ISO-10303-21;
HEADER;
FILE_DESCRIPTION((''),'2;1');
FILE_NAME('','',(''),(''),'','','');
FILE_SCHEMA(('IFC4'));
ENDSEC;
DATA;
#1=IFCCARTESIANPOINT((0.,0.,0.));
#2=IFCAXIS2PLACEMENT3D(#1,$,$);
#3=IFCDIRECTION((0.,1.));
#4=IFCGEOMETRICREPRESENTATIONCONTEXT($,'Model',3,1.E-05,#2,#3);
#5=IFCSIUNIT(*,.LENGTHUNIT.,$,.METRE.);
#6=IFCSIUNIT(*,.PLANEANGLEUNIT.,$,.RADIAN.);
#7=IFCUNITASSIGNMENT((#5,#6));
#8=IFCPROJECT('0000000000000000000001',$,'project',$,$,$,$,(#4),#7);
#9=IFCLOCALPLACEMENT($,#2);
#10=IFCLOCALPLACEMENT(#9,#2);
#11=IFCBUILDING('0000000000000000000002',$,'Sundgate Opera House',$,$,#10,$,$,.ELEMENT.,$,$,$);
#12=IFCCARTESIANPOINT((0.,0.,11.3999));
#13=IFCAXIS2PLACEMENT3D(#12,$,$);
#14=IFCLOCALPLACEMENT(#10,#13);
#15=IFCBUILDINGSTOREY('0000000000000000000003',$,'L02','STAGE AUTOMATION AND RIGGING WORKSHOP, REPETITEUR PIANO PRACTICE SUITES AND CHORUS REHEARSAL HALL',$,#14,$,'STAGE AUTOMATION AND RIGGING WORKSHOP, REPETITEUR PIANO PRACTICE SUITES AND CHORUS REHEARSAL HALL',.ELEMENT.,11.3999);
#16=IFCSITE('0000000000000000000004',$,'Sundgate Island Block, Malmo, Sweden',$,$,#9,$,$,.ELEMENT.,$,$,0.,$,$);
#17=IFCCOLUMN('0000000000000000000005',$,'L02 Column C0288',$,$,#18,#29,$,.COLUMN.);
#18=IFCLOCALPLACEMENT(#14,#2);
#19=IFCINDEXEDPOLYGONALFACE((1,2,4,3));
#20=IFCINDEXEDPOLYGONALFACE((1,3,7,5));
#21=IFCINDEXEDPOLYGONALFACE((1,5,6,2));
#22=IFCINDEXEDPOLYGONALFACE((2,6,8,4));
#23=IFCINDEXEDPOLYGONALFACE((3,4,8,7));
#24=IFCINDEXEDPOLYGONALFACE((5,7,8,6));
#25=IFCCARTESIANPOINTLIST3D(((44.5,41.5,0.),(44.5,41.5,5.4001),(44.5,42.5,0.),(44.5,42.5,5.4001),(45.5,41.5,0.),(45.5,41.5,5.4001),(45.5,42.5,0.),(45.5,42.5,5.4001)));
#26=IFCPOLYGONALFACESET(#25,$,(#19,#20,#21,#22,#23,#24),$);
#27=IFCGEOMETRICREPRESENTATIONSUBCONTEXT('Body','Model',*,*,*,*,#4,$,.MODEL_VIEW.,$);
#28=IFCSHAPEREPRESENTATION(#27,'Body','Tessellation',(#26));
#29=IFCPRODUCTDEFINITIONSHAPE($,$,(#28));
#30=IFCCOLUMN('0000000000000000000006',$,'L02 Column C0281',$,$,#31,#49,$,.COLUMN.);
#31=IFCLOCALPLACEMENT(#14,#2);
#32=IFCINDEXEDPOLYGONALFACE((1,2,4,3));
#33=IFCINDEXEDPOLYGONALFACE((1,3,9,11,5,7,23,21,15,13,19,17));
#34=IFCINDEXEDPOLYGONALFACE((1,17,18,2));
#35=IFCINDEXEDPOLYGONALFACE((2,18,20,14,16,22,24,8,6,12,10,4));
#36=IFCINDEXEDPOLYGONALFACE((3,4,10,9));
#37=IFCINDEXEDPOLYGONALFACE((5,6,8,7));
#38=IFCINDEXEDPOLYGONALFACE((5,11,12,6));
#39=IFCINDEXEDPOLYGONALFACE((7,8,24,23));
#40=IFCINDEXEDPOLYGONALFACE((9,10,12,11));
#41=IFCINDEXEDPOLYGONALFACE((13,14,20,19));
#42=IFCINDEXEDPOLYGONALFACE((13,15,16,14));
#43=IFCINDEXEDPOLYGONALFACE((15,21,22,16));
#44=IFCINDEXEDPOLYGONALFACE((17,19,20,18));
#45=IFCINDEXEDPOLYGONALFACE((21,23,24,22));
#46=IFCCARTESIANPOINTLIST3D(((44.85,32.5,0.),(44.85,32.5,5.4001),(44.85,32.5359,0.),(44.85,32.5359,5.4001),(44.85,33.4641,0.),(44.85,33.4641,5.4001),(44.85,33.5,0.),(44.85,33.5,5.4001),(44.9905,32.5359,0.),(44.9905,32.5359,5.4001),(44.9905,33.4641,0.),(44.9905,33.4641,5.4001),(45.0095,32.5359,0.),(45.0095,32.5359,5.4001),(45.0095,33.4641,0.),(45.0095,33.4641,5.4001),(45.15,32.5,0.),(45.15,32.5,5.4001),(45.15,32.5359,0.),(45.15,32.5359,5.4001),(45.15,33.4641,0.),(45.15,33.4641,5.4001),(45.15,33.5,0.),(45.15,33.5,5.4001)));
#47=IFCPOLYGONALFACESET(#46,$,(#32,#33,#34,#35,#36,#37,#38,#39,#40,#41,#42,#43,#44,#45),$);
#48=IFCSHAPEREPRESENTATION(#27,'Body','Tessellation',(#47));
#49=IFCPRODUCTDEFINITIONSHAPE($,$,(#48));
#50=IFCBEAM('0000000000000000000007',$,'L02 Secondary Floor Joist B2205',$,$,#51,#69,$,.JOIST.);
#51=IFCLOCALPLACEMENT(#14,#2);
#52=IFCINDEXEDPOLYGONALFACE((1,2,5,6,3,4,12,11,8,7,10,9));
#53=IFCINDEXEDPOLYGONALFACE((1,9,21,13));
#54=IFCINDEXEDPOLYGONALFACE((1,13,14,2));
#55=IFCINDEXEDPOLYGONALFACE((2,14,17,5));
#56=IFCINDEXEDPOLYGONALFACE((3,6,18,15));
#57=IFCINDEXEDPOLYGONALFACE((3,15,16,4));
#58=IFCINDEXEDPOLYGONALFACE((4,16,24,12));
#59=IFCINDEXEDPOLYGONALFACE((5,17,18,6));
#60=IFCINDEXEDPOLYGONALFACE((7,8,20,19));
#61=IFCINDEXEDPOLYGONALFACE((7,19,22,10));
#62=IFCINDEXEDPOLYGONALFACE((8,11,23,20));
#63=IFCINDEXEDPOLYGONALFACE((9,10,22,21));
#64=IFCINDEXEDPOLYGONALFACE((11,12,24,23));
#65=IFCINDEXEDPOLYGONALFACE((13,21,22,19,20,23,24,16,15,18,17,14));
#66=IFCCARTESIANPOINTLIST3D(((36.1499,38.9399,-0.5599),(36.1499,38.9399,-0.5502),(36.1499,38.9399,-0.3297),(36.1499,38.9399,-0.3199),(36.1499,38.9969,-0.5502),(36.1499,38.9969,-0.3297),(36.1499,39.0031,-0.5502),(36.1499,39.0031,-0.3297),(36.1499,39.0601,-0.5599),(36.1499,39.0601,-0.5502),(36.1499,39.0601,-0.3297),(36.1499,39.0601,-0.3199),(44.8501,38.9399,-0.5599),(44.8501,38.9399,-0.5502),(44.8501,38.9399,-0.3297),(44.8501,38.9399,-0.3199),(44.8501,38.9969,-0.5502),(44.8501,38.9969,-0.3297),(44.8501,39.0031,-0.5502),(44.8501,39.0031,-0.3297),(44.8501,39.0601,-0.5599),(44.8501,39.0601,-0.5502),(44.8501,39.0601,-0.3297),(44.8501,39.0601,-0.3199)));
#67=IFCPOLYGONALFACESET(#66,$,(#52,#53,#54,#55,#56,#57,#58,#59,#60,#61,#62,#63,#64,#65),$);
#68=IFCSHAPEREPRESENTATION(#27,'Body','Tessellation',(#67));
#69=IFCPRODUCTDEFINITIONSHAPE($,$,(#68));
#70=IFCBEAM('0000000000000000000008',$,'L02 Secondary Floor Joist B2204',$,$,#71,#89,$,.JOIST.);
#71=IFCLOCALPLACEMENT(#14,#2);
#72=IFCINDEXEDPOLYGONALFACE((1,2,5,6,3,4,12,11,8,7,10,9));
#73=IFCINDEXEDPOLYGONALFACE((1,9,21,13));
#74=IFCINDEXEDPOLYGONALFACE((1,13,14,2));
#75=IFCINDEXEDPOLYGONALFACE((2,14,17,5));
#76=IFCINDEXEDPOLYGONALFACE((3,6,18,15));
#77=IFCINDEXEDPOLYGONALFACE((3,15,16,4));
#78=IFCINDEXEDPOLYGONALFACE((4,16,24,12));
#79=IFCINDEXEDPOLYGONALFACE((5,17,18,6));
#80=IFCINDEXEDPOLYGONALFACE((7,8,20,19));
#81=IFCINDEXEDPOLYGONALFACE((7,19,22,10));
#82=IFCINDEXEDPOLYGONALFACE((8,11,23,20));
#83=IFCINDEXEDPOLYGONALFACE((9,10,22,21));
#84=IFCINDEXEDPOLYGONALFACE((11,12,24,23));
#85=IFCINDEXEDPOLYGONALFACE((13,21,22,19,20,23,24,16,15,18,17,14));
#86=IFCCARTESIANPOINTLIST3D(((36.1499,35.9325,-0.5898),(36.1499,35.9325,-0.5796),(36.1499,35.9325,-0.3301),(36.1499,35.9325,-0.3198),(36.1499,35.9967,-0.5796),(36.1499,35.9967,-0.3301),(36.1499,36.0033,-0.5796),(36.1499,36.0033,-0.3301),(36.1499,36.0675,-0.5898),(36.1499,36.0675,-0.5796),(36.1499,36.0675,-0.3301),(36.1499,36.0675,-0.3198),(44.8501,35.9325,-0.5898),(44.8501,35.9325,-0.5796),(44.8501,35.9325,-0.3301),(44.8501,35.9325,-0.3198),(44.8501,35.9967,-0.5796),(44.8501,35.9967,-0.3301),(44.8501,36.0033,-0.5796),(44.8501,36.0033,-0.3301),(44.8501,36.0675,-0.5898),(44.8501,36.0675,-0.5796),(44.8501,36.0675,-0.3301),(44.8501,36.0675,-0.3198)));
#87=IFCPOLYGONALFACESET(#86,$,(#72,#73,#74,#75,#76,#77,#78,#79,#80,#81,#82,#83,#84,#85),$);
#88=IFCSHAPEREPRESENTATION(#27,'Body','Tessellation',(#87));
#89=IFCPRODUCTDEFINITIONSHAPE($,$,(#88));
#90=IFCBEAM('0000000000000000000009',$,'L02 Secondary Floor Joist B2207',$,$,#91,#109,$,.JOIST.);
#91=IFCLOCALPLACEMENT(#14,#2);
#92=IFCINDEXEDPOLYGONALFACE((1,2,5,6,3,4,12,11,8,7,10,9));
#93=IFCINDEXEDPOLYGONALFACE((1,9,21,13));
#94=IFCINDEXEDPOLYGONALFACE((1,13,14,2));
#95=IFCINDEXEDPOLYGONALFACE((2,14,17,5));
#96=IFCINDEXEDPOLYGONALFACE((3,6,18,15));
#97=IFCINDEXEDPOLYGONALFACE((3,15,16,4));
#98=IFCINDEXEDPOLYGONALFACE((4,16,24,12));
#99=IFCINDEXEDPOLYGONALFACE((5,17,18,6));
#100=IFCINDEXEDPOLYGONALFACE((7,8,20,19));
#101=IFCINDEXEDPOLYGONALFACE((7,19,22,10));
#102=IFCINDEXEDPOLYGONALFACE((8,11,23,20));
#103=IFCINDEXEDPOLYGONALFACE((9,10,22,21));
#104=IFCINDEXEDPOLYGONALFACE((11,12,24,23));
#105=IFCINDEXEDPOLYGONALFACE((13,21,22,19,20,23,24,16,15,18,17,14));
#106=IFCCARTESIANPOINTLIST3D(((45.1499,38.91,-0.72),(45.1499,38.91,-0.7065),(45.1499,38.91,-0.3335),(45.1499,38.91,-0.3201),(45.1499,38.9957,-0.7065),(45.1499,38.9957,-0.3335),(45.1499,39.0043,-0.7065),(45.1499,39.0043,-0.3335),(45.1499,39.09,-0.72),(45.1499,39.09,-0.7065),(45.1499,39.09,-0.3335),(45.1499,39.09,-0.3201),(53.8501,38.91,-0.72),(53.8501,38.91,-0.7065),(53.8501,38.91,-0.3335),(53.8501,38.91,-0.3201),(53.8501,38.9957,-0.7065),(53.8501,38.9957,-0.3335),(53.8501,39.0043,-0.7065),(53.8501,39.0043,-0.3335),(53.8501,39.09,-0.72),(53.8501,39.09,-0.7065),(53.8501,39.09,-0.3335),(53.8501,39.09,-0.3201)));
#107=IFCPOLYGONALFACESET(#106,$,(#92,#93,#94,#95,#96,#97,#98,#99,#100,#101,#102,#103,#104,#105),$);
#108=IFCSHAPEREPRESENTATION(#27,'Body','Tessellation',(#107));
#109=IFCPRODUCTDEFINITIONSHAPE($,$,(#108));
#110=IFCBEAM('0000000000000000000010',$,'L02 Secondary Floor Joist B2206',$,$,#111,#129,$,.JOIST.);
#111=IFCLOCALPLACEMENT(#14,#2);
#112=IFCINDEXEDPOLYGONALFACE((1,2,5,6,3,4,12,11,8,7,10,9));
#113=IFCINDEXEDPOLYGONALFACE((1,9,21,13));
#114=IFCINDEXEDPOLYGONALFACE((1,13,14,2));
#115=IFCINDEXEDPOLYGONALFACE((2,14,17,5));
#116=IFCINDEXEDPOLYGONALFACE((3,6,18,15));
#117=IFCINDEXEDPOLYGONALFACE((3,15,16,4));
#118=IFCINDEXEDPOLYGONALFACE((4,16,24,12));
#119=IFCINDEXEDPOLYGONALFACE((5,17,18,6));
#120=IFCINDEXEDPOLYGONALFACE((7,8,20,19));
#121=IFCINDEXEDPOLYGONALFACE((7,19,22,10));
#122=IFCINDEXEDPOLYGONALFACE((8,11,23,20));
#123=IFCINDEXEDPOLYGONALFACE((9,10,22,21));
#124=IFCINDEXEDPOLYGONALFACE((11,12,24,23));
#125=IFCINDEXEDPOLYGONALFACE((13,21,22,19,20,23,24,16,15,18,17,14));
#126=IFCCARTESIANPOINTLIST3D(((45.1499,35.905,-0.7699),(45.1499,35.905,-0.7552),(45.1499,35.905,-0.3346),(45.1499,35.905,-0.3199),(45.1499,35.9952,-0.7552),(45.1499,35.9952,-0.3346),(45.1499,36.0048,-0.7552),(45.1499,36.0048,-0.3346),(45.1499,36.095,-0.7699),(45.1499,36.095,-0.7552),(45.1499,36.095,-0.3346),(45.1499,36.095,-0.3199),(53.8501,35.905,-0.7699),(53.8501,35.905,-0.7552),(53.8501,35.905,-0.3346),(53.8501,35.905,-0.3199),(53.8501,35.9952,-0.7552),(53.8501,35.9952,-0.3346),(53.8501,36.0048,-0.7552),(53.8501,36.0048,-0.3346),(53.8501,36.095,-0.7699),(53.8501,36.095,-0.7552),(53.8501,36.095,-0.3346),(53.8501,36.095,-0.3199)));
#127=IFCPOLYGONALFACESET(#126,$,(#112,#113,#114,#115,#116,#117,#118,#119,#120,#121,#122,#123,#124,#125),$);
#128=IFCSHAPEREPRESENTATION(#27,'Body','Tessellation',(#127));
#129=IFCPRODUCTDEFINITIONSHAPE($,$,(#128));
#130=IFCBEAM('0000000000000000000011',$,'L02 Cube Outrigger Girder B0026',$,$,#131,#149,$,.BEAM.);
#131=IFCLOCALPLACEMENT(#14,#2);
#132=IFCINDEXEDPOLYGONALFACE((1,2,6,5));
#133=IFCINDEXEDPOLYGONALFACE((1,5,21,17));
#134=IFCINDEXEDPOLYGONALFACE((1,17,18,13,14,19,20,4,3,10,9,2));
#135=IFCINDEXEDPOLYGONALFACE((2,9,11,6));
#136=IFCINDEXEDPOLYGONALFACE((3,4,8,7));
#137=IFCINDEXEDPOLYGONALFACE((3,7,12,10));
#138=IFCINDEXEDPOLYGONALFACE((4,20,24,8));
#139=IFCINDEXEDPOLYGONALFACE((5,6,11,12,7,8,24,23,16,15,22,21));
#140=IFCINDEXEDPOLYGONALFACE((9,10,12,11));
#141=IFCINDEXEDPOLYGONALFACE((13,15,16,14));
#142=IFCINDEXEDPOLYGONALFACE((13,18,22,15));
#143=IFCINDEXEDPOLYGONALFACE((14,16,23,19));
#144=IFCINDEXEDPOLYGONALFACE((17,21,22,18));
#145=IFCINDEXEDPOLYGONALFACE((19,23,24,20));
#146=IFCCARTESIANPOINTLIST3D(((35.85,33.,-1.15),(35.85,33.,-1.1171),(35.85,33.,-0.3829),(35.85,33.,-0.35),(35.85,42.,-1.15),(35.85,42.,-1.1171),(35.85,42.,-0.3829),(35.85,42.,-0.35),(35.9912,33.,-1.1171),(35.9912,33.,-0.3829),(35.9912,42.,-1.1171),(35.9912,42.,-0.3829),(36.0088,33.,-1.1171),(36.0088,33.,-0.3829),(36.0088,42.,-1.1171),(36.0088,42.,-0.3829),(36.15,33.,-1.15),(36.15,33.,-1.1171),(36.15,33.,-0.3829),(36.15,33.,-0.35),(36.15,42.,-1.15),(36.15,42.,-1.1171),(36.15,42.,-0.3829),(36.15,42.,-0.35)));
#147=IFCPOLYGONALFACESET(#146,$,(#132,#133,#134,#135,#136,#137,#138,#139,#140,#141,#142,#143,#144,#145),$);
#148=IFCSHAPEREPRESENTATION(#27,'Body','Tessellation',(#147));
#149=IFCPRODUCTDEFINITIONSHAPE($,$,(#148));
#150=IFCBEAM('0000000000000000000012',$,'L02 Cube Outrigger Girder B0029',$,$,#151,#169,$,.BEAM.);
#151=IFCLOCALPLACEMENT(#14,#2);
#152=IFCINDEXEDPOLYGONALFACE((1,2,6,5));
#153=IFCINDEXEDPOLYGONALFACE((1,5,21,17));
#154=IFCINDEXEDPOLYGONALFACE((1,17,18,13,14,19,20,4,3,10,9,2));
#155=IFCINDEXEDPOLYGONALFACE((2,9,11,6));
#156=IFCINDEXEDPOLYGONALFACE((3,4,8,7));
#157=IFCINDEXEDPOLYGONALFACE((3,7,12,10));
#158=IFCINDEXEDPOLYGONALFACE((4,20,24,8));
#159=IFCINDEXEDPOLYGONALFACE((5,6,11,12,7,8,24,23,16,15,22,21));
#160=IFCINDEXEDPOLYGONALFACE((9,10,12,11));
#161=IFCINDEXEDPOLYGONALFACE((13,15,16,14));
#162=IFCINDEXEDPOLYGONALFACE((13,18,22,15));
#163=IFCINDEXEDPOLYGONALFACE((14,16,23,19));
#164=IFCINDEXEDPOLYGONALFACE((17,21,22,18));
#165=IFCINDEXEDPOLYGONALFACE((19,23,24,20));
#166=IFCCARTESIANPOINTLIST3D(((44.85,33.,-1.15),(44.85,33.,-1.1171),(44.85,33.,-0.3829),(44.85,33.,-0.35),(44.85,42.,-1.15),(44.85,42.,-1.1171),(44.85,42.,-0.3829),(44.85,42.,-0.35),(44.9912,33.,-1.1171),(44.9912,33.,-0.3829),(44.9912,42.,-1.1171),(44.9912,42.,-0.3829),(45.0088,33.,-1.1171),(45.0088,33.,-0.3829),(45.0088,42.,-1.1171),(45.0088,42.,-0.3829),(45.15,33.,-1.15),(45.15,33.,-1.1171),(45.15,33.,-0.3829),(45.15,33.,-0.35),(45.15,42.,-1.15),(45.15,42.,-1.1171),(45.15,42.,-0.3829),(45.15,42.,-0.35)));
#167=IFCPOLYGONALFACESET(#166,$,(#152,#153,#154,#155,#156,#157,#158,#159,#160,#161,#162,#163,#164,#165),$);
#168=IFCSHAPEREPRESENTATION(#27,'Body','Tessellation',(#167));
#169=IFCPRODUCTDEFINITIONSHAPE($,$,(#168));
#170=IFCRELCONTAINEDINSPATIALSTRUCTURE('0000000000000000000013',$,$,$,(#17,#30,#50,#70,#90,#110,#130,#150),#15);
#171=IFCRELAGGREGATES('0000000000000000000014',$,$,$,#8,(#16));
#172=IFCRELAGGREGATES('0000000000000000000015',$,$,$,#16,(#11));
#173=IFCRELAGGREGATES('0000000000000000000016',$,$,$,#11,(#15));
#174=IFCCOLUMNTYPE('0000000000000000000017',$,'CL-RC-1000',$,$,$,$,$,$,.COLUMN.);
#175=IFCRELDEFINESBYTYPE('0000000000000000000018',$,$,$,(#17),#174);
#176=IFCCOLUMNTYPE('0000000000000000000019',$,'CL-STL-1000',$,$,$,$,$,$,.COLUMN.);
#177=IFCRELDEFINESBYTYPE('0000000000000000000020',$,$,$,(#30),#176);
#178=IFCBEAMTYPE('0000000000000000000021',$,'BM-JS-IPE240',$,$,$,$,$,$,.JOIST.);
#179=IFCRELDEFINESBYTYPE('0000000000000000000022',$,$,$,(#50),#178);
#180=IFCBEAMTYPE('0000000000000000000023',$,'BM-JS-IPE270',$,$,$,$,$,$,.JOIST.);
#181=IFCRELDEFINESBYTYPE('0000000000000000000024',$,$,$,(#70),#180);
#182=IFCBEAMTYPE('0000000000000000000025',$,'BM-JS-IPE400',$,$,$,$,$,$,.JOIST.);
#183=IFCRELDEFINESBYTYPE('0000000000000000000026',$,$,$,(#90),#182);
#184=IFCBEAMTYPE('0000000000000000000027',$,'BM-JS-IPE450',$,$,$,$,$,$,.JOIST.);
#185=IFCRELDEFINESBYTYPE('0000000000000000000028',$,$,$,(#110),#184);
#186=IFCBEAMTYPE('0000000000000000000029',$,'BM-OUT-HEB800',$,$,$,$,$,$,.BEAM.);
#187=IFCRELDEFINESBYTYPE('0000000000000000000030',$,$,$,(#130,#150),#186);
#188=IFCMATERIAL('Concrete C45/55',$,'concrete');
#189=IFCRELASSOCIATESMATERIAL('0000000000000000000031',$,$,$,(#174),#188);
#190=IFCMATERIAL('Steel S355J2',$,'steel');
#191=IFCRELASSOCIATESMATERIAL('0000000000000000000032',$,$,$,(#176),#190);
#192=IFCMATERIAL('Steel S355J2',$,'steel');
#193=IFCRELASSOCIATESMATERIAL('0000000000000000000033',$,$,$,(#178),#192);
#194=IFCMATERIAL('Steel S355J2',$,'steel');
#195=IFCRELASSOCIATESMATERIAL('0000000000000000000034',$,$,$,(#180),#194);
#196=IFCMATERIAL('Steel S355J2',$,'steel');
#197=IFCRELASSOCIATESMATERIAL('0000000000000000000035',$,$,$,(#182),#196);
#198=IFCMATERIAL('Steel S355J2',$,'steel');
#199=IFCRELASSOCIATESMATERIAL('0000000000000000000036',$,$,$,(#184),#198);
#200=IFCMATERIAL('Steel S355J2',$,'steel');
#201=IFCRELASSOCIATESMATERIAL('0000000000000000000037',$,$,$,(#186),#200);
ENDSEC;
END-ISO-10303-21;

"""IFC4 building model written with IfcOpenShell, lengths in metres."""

from ifc_helpers import new_model, si_unit, direction, frame, origin, origin_2d, place, context, subcontext, project, spatial, rectangle, i_section, extrude, material, material_profile, profile_set, type_object, element, save


model = new_model("IFC4")

# Units and contexts
model_context = context("Model", 3, precision=1e-05, world=origin(), true_north=direction((0.0, 1.0)))
body_context = subcontext(model_context, "Body", "Model", "MODEL_VIEW")
ifc_project = project(units=[si_unit("LENGTHUNIT", "METRE"), si_unit("PLANEANGLEUNIT", "RADIAN")], contexts=[model_context])

# Site, building, storey
site_placement = place(None, origin())
site = spatial("IfcSite", under=ifc_project, at=site_placement, Name="Sundgate Island Block, Malmo, Sweden", CompositionType="ELEMENT", RefElevation=0.0)
building_placement = place(site_placement, origin())
building = spatial("IfcBuilding", under=site, at=building_placement, Name="Sundgate Opera House", CompositionType="ELEMENT")
storey_placement = place(building_placement, frame((0.0, 0.0, 11.3999)))
storey = spatial("IfcBuildingStorey", under=building, at=storey_placement, Name="L02", Description="STAGE AUTOMATION AND RIGGING WORKSHOP, REPETITEUR PIANO PRACTICE SUITES AND CHORUS REHEARSAL HALL", LongName="STAGE AUTOMATION AND RIGGING WORKSHOP, REPETITEUR PIANO PRACTICE SUITES AND CHORUS REHEARSAL HALL", CompositionType="ELEMENT", Elevation=11.3999)

# Columns
ifc_material_1 = material(Name="Concrete C45/55", Category="concrete")
ifc_material_profile_1 = material_profile(ifc_material_1, rectangle(XDim=1.0, YDim=1.0, at=origin_2d()), Name="RC 1000x1000")
ifc_profile_set_1 = profile_set([ifc_material_profile_1], Name="Concrete C45/55")
column_type_1 = type_object("IfcColumnType", Name="CL-RC-1000", PredefinedType="COLUMN", material=ifc_profile_set_1)
column_1_placement = place(storey_placement, frame((45.0, 42.0, 0.0), z_axis=(0.0, 0.0, 1.0), x_axis=(1.0, 0.0, 0.0)))
element("IfcColumn", 1, at=column_1_placement, inside=storey, type_object=column_type_1, Name="L02 Column C0288", PredefinedType="COLUMN", context=body_context, shape_type="SweptSolid", body=[
    extrude(rectangle(XDim=1.0, YDim=1.0, at=origin_2d()), origin(), (0.0, 0.0, 1.0), 5.4001),
])
ifc_material_2 = material(Name="Steel S355J2", Category="steel")
ifc_material_profile_2 = material_profile(ifc_material_2, i_section(OverallWidth=0.3, OverallDepth=1.0, WebThickness=0.019, FlangeThickness=0.0359, at=origin_2d()), Name="HEB 1000")
ifc_profile_set_2 = profile_set([ifc_material_profile_2], Name="Steel S355J2")
column_type_2 = type_object("IfcColumnType", Name="CL-STL-1000", PredefinedType="COLUMN", material=ifc_profile_set_2)
column_2_placement = place(storey_placement, frame((45.0, 33.0, 0.0), z_axis=(0.0, 0.0, 1.0), x_axis=(1.0, 0.0, 0.0)))
element("IfcColumn", 2, at=column_2_placement, inside=storey, type_object=column_type_2, Name="L02 Column C0281", PredefinedType="COLUMN", context=body_context, shape_type="SweptSolid", body=[
    extrude(i_section(OverallWidth=0.3, OverallDepth=1.0, WebThickness=0.019, FlangeThickness=0.0359, at=origin_2d()), origin(), (0.0, 0.0, 1.0), 5.4001),
])

# Beams
ifc_material_3 = material(Name="Steel S355J2", Category="steel")
ifc_material_profile_3 = material_profile(ifc_material_3, i_section(OverallWidth=0.1201, OverallDepth=0.24, WebThickness=0.0061, FlangeThickness=0.0098, at=origin_2d()), Name="IPE 240")
ifc_profile_set_3 = profile_set([ifc_material_profile_3], Name="Steel S355J2")
beam_type_1 = type_object("IfcBeamType", Name="BM-JS-IPE240", PredefinedType="JOIST", material=ifc_profile_set_3)
beam_1_placement = place(storey_placement, frame((36.1499, 39.0, -0.4399), z_axis=(1.0, 0.0, 0.0), x_axis=(0.0, 1.0, 0.0)))
element("IfcBeam", 3, at=beam_1_placement, inside=storey, type_object=beam_type_1, Name="L02 Secondary Floor Joist B2205", PredefinedType="JOIST", context=body_context, shape_type="SweptSolid", body=[
    extrude(i_section(OverallWidth=0.1201, OverallDepth=0.24, WebThickness=0.0061, FlangeThickness=0.0098, at=origin_2d()), origin(), (0.0, 0.0, 1.0), 8.7002),
])
ifc_material_4 = material(Name="Steel S355J2", Category="steel")
ifc_material_profile_4 = material_profile(ifc_material_4, i_section(OverallWidth=0.135, OverallDepth=0.27, WebThickness=0.0066, FlangeThickness=0.0103, at=origin_2d()), Name="IPE 270")
ifc_profile_set_4 = profile_set([ifc_material_profile_4], Name="Steel S355J2")
beam_type_2 = type_object("IfcBeamType", Name="BM-JS-IPE270", PredefinedType="JOIST", material=ifc_profile_set_4)
beam_2_placement = place(storey_placement, frame((36.1499, 36.0, -0.4548), z_axis=(1.0, 0.0, 0.0), x_axis=(0.0, 1.0, 0.0)))
element("IfcBeam", 4, at=beam_2_placement, inside=storey, type_object=beam_type_2, Name="L02 Secondary Floor Joist B2204", PredefinedType="JOIST", context=body_context, shape_type="SweptSolid", body=[
    extrude(i_section(OverallWidth=0.135, OverallDepth=0.27, WebThickness=0.0066, FlangeThickness=0.0103, at=origin_2d()), origin(), (0.0, 0.0, 1.0), 8.7002),
])
ifc_material_5 = material(Name="Steel S355J2", Category="steel")
ifc_material_profile_5 = material_profile(ifc_material_5, i_section(OverallWidth=0.1799, OverallDepth=0.3999, WebThickness=0.0085, FlangeThickness=0.0134, at=origin_2d()), Name="IPE 400")
ifc_profile_set_5 = profile_set([ifc_material_profile_5], Name="Steel S355J2")
beam_type_3 = type_object("IfcBeamType", Name="BM-JS-IPE400", PredefinedType="JOIST", material=ifc_profile_set_5)
beam_3_placement = place(storey_placement, frame((45.1499, 39.0, -0.52), z_axis=(1.0, 0.0, 0.0), x_axis=(0.0, 1.0, 0.0)))
element("IfcBeam", 5, at=beam_3_placement, inside=storey, type_object=beam_type_3, Name="L02 Secondary Floor Joist B2207", PredefinedType="JOIST", context=body_context, shape_type="SweptSolid", body=[
    extrude(i_section(OverallWidth=0.1799, OverallDepth=0.3999, WebThickness=0.0085, FlangeThickness=0.0134, at=origin_2d()), origin(), (0.0, 0.0, 1.0), 8.7002),
])
ifc_material_6 = material(Name="Steel S355J2", Category="steel")
ifc_material_profile_6 = material_profile(ifc_material_6, i_section(OverallWidth=0.1899, OverallDepth=0.45, WebThickness=0.0095, FlangeThickness=0.0146, at=origin_2d()), Name="IPE 450")
ifc_profile_set_6 = profile_set([ifc_material_profile_6], Name="Steel S355J2")
beam_type_4 = type_object("IfcBeamType", Name="BM-JS-IPE450", PredefinedType="JOIST", material=ifc_profile_set_6)
beam_4_placement = place(storey_placement, frame((45.1499, 36.0, -0.5449), z_axis=(1.0, 0.0, 0.0), x_axis=(0.0, 1.0, 0.0)))
element("IfcBeam", 6, at=beam_4_placement, inside=storey, type_object=beam_type_4, Name="L02 Secondary Floor Joist B2206", PredefinedType="JOIST", context=body_context, shape_type="SweptSolid", body=[
    extrude(i_section(OverallWidth=0.1899, OverallDepth=0.45, WebThickness=0.0095, FlangeThickness=0.0146, at=origin_2d()), origin(), (0.0, 0.0, 1.0), 8.7002),
])
ifc_material_7 = material(Name="Steel S355J2", Category="steel")
ifc_material_profile_7 = material_profile(ifc_material_7, i_section(OverallWidth=0.3, OverallDepth=0.8, WebThickness=0.0176, FlangeThickness=0.033, at=origin_2d()), Name="HEB 800")
ifc_profile_set_7 = profile_set([ifc_material_profile_7], Name="Steel S355J2")
beam_type_5 = type_object("IfcBeamType", Name="BM-OUT-HEB800", PredefinedType="BEAM", material=ifc_profile_set_7)
for number, where, z_axis, x_axis, name in (
    (7, (36.0, 42.0, -0.75), (0.0, -1.0, 0.0), (1.0, 0.0, 0.0), "L02 Cube Outrigger Girder B0026"),
    (8, (45.0, 42.0, -0.75), (0.0, -1.0, 0.0), (1.0, 0.0, 0.0), "L02 Cube Outrigger Girder B0029"),
):
    element("IfcBeam", number, at=place(storey_placement, frame(where, z_axis=z_axis, x_axis=x_axis)), inside=storey, type_object=beam_type_5, Name=name, PredefinedType="BEAM", context=body_context, shape_type="SweptSolid", body=[
        extrude(i_section(OverallWidth=0.3, OverallDepth=0.8, WebThickness=0.0176, FlangeThickness=0.033, at=origin_2d()), origin(), (0.0, 0.0, 1.0), 9.0),
    ])

save(model, "model.ifc")
